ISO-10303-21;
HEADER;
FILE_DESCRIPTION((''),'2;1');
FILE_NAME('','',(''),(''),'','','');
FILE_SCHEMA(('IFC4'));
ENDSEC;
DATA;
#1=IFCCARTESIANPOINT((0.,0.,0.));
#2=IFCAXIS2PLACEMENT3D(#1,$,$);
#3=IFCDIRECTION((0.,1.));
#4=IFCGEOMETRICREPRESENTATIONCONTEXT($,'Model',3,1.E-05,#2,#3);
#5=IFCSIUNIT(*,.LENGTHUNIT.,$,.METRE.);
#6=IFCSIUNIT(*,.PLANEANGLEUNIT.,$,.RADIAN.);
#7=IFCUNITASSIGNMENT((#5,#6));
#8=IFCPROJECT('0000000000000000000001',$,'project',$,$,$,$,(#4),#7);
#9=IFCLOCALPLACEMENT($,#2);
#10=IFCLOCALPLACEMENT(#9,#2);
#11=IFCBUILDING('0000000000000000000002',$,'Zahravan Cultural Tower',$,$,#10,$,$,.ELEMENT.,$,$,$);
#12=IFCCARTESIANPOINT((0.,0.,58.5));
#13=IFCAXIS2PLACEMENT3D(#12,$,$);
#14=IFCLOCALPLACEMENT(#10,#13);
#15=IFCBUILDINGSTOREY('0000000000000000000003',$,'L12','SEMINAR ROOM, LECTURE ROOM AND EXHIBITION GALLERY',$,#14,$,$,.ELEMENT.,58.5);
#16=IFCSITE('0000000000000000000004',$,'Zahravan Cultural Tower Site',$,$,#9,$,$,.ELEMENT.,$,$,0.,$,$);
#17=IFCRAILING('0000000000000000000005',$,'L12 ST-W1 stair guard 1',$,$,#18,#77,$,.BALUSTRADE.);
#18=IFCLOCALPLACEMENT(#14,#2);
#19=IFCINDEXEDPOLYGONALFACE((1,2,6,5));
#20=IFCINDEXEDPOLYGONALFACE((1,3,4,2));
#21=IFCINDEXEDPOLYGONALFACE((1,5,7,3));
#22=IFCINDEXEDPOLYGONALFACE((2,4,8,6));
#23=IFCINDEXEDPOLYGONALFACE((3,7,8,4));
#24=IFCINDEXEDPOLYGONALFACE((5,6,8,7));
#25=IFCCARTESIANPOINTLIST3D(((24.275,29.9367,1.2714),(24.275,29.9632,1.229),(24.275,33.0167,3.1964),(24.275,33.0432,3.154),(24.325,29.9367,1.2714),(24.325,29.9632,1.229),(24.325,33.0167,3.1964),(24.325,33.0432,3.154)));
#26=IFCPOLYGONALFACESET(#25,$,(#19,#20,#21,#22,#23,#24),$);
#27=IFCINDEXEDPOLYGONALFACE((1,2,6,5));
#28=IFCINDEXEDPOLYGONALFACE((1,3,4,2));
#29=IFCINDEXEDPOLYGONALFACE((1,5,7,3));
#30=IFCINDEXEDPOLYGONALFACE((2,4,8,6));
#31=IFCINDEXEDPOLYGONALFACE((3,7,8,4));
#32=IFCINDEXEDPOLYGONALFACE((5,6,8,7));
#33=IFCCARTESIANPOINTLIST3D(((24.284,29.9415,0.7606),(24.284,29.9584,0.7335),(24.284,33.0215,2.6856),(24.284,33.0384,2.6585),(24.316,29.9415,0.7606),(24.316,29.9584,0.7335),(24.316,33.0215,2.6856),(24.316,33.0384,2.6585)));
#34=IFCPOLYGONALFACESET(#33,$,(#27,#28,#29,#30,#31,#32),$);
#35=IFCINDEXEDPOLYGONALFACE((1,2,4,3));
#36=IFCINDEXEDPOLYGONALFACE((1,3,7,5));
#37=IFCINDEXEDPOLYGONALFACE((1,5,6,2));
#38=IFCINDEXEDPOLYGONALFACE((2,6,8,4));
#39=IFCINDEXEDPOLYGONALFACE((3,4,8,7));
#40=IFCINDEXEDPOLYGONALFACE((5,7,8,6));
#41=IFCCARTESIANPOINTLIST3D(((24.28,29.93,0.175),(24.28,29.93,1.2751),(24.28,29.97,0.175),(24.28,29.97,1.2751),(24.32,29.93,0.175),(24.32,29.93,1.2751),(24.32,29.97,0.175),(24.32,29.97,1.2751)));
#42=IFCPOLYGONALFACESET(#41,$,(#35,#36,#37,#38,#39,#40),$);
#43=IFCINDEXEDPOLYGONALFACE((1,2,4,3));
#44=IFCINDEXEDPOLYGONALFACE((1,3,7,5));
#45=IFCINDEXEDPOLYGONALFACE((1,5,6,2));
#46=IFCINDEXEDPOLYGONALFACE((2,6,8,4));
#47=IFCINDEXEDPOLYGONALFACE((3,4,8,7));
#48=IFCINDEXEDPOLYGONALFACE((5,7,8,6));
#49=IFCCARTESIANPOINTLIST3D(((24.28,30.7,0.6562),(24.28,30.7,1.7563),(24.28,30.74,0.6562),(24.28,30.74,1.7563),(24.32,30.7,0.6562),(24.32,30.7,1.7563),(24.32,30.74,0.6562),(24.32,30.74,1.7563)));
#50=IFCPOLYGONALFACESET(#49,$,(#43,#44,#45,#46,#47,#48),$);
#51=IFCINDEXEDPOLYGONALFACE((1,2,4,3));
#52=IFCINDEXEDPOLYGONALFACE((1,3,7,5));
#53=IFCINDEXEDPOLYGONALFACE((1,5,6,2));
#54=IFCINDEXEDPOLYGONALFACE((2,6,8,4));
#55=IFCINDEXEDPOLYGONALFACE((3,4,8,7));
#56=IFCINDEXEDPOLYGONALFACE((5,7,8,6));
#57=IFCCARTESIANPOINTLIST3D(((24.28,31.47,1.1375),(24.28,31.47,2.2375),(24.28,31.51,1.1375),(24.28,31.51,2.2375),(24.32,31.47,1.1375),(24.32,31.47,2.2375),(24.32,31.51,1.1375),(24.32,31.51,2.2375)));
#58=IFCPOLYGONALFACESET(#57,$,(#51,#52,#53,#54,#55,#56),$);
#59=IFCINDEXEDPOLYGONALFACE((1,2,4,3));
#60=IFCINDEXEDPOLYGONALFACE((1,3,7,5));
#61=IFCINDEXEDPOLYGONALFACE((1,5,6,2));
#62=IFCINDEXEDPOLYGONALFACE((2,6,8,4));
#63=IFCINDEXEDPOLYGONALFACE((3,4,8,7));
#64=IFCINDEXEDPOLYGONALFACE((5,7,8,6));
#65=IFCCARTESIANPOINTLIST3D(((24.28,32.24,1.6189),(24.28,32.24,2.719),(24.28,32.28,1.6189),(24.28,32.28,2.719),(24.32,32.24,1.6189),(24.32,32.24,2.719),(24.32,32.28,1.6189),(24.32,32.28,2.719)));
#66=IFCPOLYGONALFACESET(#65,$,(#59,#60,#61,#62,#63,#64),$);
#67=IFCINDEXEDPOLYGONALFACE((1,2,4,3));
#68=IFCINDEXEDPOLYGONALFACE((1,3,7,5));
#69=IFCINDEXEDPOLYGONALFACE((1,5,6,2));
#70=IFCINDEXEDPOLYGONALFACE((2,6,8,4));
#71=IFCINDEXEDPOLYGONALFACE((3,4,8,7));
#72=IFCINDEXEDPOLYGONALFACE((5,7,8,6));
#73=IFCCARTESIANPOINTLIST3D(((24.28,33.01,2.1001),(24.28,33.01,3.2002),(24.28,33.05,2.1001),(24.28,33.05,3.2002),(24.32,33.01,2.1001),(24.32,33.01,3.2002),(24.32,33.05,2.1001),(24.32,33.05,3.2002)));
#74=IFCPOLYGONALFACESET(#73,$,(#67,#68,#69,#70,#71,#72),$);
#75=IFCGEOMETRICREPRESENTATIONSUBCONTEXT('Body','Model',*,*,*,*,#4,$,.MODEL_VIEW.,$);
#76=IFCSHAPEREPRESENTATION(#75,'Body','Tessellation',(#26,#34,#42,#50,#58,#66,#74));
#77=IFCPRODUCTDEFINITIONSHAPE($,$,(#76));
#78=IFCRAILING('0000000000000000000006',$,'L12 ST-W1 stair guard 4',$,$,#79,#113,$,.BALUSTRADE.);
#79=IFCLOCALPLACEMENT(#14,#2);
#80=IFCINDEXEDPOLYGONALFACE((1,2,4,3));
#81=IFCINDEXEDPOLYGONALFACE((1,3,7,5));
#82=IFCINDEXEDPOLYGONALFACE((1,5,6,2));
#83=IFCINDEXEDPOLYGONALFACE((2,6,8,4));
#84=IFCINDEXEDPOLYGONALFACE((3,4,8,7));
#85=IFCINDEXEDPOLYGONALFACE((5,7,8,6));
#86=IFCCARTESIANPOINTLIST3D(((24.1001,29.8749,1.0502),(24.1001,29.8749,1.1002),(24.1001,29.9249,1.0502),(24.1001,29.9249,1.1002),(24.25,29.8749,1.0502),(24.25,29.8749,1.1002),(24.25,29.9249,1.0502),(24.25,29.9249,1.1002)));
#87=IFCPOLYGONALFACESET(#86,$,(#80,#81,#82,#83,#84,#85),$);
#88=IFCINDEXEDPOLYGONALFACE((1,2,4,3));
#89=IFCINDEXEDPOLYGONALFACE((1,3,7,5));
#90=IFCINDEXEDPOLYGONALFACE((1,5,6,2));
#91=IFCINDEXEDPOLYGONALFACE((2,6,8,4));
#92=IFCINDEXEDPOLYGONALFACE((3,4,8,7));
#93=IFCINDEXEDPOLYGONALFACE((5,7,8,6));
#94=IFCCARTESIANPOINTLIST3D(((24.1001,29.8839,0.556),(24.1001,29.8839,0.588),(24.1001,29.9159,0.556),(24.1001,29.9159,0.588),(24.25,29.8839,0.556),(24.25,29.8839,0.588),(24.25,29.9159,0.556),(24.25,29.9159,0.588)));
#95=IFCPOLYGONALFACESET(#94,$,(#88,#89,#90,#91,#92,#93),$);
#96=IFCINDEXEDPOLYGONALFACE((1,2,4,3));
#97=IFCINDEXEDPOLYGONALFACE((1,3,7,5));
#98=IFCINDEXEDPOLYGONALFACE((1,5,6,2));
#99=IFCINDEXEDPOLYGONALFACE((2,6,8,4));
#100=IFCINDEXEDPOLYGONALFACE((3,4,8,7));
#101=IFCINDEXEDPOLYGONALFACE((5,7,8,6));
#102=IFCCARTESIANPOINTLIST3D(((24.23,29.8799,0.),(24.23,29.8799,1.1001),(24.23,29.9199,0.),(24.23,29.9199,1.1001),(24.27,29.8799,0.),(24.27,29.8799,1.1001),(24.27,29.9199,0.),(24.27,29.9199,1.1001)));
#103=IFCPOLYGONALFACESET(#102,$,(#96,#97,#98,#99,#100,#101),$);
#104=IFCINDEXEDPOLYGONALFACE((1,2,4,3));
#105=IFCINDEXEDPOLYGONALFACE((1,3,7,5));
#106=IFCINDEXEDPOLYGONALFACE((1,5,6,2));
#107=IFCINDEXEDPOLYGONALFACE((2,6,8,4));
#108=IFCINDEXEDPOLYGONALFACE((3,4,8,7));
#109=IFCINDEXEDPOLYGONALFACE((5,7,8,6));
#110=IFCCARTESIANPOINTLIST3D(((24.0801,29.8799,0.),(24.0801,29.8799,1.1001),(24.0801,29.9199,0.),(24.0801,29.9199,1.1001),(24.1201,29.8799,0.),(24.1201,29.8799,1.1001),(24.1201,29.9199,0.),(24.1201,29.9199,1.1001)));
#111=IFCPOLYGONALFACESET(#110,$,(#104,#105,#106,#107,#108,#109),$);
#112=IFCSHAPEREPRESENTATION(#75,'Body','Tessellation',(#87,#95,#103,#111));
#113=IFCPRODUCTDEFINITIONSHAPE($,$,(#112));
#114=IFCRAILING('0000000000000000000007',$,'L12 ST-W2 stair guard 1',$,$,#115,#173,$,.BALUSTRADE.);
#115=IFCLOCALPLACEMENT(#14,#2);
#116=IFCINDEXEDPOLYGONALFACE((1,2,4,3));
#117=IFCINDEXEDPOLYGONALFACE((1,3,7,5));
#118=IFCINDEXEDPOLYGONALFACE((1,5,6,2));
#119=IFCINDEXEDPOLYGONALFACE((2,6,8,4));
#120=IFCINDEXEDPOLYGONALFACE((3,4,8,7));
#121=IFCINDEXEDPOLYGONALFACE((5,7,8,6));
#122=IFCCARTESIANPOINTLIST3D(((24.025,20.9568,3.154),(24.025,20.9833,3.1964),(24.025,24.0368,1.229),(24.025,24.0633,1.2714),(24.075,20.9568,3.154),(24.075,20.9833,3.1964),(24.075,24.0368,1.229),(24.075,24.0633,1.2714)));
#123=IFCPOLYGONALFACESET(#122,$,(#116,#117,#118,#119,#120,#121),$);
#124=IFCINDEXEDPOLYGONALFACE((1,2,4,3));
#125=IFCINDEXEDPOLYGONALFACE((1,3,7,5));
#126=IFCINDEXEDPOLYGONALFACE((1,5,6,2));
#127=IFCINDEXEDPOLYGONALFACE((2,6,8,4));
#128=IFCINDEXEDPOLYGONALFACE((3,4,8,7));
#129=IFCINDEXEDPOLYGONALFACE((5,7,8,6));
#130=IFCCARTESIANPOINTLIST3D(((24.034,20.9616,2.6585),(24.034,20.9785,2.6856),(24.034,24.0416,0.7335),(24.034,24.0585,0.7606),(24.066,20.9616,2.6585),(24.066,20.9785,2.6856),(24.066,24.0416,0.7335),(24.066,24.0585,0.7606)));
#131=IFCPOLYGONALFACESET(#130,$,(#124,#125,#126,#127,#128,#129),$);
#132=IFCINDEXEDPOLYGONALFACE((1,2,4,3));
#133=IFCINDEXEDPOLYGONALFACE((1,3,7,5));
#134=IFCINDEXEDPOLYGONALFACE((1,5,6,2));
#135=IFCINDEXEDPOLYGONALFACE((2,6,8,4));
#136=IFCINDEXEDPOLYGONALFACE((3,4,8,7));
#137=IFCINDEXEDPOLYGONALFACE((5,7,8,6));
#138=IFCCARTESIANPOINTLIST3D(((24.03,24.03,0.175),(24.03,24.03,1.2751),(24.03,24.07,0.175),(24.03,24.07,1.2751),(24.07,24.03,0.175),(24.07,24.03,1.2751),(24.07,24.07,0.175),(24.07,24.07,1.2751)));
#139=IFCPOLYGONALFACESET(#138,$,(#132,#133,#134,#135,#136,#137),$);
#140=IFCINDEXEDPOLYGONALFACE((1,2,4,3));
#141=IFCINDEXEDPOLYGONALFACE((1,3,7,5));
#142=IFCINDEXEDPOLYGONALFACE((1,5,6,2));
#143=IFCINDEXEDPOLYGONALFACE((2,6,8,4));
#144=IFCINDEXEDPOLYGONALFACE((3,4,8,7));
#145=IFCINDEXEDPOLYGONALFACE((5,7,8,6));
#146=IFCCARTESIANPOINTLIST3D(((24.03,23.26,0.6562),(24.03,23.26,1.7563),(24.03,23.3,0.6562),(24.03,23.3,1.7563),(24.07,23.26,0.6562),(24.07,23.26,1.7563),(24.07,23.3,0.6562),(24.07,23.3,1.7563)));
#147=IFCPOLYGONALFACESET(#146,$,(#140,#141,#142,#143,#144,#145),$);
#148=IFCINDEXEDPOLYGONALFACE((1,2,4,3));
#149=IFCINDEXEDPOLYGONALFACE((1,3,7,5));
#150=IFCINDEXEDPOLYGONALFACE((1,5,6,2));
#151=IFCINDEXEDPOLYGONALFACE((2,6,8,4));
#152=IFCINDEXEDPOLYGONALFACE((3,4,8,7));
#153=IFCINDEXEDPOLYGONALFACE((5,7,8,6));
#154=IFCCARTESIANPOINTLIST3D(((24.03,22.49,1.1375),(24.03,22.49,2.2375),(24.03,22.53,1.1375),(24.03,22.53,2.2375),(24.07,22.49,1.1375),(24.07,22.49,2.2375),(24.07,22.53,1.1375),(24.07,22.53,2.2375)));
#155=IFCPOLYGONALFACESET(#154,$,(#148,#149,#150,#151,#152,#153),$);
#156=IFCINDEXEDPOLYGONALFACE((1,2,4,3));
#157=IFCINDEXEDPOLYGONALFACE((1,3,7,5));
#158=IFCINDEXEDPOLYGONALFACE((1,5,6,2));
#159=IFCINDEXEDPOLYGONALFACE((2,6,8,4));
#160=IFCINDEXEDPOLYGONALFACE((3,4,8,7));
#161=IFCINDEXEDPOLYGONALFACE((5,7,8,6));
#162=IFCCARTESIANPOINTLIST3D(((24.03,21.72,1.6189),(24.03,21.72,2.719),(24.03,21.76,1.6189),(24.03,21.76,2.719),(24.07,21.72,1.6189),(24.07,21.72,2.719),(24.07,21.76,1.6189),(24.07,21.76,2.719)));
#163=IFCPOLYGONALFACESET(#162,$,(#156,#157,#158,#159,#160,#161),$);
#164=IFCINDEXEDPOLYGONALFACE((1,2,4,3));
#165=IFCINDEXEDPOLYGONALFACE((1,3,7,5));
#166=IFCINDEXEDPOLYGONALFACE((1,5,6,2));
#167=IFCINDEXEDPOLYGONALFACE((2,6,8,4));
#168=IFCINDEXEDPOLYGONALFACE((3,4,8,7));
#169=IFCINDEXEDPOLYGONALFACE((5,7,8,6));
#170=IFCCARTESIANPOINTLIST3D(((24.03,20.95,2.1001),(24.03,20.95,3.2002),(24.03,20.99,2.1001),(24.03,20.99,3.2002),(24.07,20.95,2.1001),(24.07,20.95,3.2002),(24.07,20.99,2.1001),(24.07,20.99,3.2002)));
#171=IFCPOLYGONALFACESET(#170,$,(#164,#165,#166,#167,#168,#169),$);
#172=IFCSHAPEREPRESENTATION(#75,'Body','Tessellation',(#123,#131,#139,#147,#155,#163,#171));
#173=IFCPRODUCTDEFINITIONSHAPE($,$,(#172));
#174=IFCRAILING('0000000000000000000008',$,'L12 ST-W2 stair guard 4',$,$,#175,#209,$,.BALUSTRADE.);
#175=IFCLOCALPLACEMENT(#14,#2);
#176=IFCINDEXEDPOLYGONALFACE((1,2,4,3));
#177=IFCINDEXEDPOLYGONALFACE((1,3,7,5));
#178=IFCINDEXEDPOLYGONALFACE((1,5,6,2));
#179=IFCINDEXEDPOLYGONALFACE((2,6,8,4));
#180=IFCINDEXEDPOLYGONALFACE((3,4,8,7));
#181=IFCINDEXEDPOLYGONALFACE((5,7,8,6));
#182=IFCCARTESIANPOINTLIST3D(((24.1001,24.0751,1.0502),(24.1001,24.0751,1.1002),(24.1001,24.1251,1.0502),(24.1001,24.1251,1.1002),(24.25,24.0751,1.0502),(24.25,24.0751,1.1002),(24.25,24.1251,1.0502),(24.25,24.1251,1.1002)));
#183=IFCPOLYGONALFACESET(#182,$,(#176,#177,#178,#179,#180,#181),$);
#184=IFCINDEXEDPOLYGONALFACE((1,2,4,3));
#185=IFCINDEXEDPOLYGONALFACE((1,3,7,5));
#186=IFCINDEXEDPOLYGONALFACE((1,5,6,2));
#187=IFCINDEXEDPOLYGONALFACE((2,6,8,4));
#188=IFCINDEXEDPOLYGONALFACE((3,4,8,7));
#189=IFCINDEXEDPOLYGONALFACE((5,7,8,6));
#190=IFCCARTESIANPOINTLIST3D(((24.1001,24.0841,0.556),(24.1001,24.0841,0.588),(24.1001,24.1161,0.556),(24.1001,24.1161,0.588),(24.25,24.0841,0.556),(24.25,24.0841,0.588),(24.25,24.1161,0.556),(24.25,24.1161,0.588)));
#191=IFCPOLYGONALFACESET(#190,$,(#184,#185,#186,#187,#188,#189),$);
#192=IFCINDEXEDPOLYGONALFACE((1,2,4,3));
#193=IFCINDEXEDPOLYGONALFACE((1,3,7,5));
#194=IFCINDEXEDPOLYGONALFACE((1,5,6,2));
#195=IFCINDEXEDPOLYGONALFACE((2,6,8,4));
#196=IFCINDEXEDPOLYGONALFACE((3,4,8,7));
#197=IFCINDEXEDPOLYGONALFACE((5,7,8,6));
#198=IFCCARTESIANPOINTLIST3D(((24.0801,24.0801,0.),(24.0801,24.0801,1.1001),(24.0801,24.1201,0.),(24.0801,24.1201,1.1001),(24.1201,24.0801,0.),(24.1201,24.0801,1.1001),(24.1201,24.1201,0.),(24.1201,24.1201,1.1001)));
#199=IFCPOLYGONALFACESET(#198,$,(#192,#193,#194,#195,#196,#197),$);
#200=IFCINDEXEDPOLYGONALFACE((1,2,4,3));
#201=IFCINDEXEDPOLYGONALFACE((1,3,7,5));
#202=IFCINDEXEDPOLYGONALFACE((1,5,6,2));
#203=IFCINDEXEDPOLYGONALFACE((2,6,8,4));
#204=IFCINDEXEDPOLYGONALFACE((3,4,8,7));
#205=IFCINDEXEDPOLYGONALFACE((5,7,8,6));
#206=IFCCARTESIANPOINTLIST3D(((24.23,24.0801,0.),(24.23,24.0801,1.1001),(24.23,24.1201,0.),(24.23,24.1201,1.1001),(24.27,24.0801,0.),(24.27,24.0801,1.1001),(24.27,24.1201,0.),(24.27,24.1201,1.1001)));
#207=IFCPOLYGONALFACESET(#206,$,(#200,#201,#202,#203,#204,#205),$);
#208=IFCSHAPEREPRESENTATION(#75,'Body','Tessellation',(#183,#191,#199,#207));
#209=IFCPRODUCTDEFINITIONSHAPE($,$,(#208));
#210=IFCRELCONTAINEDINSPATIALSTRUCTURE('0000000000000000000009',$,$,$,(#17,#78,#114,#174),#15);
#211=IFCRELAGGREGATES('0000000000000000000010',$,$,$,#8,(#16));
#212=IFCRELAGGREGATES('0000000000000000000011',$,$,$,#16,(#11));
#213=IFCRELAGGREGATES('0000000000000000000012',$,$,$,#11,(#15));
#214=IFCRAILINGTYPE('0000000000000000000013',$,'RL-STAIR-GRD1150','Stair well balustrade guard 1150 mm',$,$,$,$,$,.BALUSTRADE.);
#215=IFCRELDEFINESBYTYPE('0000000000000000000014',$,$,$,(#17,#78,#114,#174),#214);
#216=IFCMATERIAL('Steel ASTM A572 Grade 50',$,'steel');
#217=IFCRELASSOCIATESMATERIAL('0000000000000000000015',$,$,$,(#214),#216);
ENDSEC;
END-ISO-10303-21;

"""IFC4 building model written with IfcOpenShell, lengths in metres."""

from ifc_helpers import new_model, si_unit, direction, frame, origin, origin_2d, place, context, subcontext, project, spatial, rectangle, extrude, material, type_object, element, save


model = new_model("IFC4")

# Units and contexts
model_context = context("Model", 3, precision=1e-05, world=origin(), true_north=direction((0.0, 1.0)))
body_context = subcontext(model_context, "Body", "Model", "MODEL_VIEW")
ifc_project = project(units=[si_unit("LENGTHUNIT", "METRE"), si_unit("PLANEANGLEUNIT", "RADIAN")], contexts=[model_context])

# Site, building, storey
site_placement = place(None, origin())
site = spatial("IfcSite", under=ifc_project, at=site_placement, Name="Zahravan Cultural Tower Site", CompositionType="ELEMENT", RefElevation=0.0)
building_placement = place(site_placement, origin())
building = spatial("IfcBuilding", under=site, at=building_placement, Name="Zahravan Cultural Tower", CompositionType="ELEMENT")
storey_placement = place(building_placement, frame((0.0, 0.0, 58.5)))
storey = spatial("IfcBuildingStorey", under=building, at=storey_placement, Name="L12", Description="SEMINAR ROOM, LECTURE ROOM AND EXHIBITION GALLERY", CompositionType="ELEMENT", Elevation=58.5)

# Shared definitions
ifc_material_1 = material(Name="Steel ASTM A572 Grade 50", Category="steel")

# Railings
railing_type_1 = type_object("IfcRailingType", Name="RL-STAIR-GRD1150", Description="Stair well balustrade guard 1150 mm", PredefinedType="BALUSTRADE", material=ifc_material_1)
railing_1_placement = place(storey_placement, frame((24.3, 29.95, 0.175)))
element("IfcRailing", 1, at=railing_1_placement, inside=storey, type_object=railing_type_1, Name="L12 ST-W1 stair guard 1", PredefinedType="BALUSTRADE", context=body_context, shape_type="SweptSolid", body=[
    extrude(rectangle(XDim=0.05, YDim=0.05, at=origin_2d()), frame((0.0, 0.0, 1.0752), z_axis=(0.0, 0.847998, 0.529999), x_axis=(-1.0, 0.0, 0.0)), (0.0, 0.0, 1.0), 3.6321),
    extrude(rectangle(XDim=0.032, YDim=0.032, at=origin_2d()), frame((0.0, 0.0, 0.572), z_axis=(0.0, 0.847998, 0.529999), x_axis=(-1.0, 0.0, 0.0)), (0.0, 0.0, 1.0), 3.6321),
    extrude(rectangle(XDim=0.04, YDim=0.04, at=origin_2d()), origin(), (0.0, 0.0, 1.0), 1.1001),
    extrude(rectangle(XDim=0.04, YDim=0.04, at=origin_2d()), frame((0.0, 0.77, 0.4812)), (0.0, 0.0, 1.0), 1.1001),
    extrude(rectangle(XDim=0.04, YDim=0.04, at=origin_2d()), frame((0.0, 1.54, 0.9624)), (0.0, 0.0, 1.0), 1.1001),
    extrude(rectangle(XDim=0.04, YDim=0.04, at=origin_2d()), frame((0.0, 2.3101, 1.4438)), (0.0, 0.0, 1.0), 1.1001),
    extrude(rectangle(XDim=0.04, YDim=0.04, at=origin_2d()), frame((0.0, 3.0801, 1.925)), (0.0, 0.0, 1.0), 1.1001),
])
railing_2_placement = place(storey_placement, frame((24.25, 29.8999, 0.0)))
element("IfcRailing", 2, at=railing_2_placement, inside=storey, type_object=railing_type_1, Name="L12 ST-W1 stair guard 4", PredefinedType="BALUSTRADE", context=body_context, shape_type="SweptSolid", body=[
    extrude(rectangle(XDim=0.05, YDim=0.05, at=origin_2d()), frame((0.0, 0.0, 1.0752), z_axis=(-1.0, 0.0, 0.0), x_axis=(0.0, -1.0, 0.0)), (0.0, 0.0, 1.0), 0.1499),
    extrude(rectangle(XDim=0.032, YDim=0.032, at=origin_2d()), frame((0.0, 0.0, 0.572), z_axis=(-1.0, 0.0, 0.0), x_axis=(0.0, -1.0, 0.0)), (0.0, 0.0, 1.0), 0.1499),
    extrude(rectangle(XDim=0.04, YDim=0.04, at=origin_2d()), origin(), (0.0, 0.0, 1.0), 1.1001),
    extrude(rectangle(XDim=0.04, YDim=0.04, at=origin_2d()), frame((-0.1499, 0.0, 0.0)), (0.0, 0.0, 1.0), 1.1001),
])
railing_3_placement = place(storey_placement, frame((24.05, 24.05, 0.175)))
element("IfcRailing", 3, at=railing_3_placement, inside=storey, type_object=railing_type_1, Name="L12 ST-W2 stair guard 1", PredefinedType="BALUSTRADE", context=body_context, shape_type="SweptSolid", body=[
    extrude(rectangle(XDim=0.05, YDim=0.05, at=origin_2d()), frame((0.0, 0.0, 1.0752), z_axis=(0.0, -0.847998, 0.529999), x_axis=(1.0, 0.0, 0.0)), (0.0, 0.0, 1.0), 3.6321),
    extrude(rectangle(XDim=0.032, YDim=0.032, at=origin_2d()), frame((0.0, 0.0, 0.572), z_axis=(0.0, -0.847998, 0.529999), x_axis=(1.0, 0.0, 0.0)), (0.0, 0.0, 1.0), 3.6321),
    extrude(rectangle(XDim=0.04, YDim=0.04, at=origin_2d()), origin(), (0.0, 0.0, 1.0), 1.1001),
    extrude(rectangle(XDim=0.04, YDim=0.04, at=origin_2d()), frame((0.0, -0.77, 0.4812)), (0.0, 0.0, 1.0), 1.1001),
    extrude(rectangle(XDim=0.04, YDim=0.04, at=origin_2d()), frame((0.0, -1.54, 0.9624)), (0.0, 0.0, 1.0), 1.1001),
    extrude(rectangle(XDim=0.04, YDim=0.04, at=origin_2d()), frame((0.0, -2.3101, 1.4438)), (0.0, 0.0, 1.0), 1.1001),
    extrude(rectangle(XDim=0.04, YDim=0.04, at=origin_2d()), frame((0.0, -3.0801, 1.925)), (0.0, 0.0, 1.0), 1.1001),
])
railing_4_placement = place(storey_placement, frame((24.1001, 24.1001, 0.0)))
element("IfcRailing", 4, at=railing_4_placement, inside=storey, type_object=railing_type_1, Name="L12 ST-W2 stair guard 4", PredefinedType="BALUSTRADE", context=body_context, shape_type="SweptSolid", body=[
    extrude(rectangle(XDim=0.05, YDim=0.05, at=origin_2d()), frame((0.0, 0.0, 1.0752), z_axis=(1.0, 0.0, 0.0), x_axis=(0.0, 1.0, 0.0)), (0.0, 0.0, 1.0), 0.1499),
    extrude(rectangle(XDim=0.032, YDim=0.032, at=origin_2d()), frame((0.0, 0.0, 0.572), z_axis=(1.0, 0.0, 0.0), x_axis=(0.0, 1.0, 0.0)), (0.0, 0.0, 1.0), 0.1499),
    extrude(rectangle(XDim=0.04, YDim=0.04, at=origin_2d()), origin(), (0.0, 0.0, 1.0), 1.1001),
    extrude(rectangle(XDim=0.04, YDim=0.04, at=origin_2d()), frame((0.1499, 0.0, 0.0)), (0.0, 0.0, 1.0), 1.1001),
])

save(model, "model.ifc")
